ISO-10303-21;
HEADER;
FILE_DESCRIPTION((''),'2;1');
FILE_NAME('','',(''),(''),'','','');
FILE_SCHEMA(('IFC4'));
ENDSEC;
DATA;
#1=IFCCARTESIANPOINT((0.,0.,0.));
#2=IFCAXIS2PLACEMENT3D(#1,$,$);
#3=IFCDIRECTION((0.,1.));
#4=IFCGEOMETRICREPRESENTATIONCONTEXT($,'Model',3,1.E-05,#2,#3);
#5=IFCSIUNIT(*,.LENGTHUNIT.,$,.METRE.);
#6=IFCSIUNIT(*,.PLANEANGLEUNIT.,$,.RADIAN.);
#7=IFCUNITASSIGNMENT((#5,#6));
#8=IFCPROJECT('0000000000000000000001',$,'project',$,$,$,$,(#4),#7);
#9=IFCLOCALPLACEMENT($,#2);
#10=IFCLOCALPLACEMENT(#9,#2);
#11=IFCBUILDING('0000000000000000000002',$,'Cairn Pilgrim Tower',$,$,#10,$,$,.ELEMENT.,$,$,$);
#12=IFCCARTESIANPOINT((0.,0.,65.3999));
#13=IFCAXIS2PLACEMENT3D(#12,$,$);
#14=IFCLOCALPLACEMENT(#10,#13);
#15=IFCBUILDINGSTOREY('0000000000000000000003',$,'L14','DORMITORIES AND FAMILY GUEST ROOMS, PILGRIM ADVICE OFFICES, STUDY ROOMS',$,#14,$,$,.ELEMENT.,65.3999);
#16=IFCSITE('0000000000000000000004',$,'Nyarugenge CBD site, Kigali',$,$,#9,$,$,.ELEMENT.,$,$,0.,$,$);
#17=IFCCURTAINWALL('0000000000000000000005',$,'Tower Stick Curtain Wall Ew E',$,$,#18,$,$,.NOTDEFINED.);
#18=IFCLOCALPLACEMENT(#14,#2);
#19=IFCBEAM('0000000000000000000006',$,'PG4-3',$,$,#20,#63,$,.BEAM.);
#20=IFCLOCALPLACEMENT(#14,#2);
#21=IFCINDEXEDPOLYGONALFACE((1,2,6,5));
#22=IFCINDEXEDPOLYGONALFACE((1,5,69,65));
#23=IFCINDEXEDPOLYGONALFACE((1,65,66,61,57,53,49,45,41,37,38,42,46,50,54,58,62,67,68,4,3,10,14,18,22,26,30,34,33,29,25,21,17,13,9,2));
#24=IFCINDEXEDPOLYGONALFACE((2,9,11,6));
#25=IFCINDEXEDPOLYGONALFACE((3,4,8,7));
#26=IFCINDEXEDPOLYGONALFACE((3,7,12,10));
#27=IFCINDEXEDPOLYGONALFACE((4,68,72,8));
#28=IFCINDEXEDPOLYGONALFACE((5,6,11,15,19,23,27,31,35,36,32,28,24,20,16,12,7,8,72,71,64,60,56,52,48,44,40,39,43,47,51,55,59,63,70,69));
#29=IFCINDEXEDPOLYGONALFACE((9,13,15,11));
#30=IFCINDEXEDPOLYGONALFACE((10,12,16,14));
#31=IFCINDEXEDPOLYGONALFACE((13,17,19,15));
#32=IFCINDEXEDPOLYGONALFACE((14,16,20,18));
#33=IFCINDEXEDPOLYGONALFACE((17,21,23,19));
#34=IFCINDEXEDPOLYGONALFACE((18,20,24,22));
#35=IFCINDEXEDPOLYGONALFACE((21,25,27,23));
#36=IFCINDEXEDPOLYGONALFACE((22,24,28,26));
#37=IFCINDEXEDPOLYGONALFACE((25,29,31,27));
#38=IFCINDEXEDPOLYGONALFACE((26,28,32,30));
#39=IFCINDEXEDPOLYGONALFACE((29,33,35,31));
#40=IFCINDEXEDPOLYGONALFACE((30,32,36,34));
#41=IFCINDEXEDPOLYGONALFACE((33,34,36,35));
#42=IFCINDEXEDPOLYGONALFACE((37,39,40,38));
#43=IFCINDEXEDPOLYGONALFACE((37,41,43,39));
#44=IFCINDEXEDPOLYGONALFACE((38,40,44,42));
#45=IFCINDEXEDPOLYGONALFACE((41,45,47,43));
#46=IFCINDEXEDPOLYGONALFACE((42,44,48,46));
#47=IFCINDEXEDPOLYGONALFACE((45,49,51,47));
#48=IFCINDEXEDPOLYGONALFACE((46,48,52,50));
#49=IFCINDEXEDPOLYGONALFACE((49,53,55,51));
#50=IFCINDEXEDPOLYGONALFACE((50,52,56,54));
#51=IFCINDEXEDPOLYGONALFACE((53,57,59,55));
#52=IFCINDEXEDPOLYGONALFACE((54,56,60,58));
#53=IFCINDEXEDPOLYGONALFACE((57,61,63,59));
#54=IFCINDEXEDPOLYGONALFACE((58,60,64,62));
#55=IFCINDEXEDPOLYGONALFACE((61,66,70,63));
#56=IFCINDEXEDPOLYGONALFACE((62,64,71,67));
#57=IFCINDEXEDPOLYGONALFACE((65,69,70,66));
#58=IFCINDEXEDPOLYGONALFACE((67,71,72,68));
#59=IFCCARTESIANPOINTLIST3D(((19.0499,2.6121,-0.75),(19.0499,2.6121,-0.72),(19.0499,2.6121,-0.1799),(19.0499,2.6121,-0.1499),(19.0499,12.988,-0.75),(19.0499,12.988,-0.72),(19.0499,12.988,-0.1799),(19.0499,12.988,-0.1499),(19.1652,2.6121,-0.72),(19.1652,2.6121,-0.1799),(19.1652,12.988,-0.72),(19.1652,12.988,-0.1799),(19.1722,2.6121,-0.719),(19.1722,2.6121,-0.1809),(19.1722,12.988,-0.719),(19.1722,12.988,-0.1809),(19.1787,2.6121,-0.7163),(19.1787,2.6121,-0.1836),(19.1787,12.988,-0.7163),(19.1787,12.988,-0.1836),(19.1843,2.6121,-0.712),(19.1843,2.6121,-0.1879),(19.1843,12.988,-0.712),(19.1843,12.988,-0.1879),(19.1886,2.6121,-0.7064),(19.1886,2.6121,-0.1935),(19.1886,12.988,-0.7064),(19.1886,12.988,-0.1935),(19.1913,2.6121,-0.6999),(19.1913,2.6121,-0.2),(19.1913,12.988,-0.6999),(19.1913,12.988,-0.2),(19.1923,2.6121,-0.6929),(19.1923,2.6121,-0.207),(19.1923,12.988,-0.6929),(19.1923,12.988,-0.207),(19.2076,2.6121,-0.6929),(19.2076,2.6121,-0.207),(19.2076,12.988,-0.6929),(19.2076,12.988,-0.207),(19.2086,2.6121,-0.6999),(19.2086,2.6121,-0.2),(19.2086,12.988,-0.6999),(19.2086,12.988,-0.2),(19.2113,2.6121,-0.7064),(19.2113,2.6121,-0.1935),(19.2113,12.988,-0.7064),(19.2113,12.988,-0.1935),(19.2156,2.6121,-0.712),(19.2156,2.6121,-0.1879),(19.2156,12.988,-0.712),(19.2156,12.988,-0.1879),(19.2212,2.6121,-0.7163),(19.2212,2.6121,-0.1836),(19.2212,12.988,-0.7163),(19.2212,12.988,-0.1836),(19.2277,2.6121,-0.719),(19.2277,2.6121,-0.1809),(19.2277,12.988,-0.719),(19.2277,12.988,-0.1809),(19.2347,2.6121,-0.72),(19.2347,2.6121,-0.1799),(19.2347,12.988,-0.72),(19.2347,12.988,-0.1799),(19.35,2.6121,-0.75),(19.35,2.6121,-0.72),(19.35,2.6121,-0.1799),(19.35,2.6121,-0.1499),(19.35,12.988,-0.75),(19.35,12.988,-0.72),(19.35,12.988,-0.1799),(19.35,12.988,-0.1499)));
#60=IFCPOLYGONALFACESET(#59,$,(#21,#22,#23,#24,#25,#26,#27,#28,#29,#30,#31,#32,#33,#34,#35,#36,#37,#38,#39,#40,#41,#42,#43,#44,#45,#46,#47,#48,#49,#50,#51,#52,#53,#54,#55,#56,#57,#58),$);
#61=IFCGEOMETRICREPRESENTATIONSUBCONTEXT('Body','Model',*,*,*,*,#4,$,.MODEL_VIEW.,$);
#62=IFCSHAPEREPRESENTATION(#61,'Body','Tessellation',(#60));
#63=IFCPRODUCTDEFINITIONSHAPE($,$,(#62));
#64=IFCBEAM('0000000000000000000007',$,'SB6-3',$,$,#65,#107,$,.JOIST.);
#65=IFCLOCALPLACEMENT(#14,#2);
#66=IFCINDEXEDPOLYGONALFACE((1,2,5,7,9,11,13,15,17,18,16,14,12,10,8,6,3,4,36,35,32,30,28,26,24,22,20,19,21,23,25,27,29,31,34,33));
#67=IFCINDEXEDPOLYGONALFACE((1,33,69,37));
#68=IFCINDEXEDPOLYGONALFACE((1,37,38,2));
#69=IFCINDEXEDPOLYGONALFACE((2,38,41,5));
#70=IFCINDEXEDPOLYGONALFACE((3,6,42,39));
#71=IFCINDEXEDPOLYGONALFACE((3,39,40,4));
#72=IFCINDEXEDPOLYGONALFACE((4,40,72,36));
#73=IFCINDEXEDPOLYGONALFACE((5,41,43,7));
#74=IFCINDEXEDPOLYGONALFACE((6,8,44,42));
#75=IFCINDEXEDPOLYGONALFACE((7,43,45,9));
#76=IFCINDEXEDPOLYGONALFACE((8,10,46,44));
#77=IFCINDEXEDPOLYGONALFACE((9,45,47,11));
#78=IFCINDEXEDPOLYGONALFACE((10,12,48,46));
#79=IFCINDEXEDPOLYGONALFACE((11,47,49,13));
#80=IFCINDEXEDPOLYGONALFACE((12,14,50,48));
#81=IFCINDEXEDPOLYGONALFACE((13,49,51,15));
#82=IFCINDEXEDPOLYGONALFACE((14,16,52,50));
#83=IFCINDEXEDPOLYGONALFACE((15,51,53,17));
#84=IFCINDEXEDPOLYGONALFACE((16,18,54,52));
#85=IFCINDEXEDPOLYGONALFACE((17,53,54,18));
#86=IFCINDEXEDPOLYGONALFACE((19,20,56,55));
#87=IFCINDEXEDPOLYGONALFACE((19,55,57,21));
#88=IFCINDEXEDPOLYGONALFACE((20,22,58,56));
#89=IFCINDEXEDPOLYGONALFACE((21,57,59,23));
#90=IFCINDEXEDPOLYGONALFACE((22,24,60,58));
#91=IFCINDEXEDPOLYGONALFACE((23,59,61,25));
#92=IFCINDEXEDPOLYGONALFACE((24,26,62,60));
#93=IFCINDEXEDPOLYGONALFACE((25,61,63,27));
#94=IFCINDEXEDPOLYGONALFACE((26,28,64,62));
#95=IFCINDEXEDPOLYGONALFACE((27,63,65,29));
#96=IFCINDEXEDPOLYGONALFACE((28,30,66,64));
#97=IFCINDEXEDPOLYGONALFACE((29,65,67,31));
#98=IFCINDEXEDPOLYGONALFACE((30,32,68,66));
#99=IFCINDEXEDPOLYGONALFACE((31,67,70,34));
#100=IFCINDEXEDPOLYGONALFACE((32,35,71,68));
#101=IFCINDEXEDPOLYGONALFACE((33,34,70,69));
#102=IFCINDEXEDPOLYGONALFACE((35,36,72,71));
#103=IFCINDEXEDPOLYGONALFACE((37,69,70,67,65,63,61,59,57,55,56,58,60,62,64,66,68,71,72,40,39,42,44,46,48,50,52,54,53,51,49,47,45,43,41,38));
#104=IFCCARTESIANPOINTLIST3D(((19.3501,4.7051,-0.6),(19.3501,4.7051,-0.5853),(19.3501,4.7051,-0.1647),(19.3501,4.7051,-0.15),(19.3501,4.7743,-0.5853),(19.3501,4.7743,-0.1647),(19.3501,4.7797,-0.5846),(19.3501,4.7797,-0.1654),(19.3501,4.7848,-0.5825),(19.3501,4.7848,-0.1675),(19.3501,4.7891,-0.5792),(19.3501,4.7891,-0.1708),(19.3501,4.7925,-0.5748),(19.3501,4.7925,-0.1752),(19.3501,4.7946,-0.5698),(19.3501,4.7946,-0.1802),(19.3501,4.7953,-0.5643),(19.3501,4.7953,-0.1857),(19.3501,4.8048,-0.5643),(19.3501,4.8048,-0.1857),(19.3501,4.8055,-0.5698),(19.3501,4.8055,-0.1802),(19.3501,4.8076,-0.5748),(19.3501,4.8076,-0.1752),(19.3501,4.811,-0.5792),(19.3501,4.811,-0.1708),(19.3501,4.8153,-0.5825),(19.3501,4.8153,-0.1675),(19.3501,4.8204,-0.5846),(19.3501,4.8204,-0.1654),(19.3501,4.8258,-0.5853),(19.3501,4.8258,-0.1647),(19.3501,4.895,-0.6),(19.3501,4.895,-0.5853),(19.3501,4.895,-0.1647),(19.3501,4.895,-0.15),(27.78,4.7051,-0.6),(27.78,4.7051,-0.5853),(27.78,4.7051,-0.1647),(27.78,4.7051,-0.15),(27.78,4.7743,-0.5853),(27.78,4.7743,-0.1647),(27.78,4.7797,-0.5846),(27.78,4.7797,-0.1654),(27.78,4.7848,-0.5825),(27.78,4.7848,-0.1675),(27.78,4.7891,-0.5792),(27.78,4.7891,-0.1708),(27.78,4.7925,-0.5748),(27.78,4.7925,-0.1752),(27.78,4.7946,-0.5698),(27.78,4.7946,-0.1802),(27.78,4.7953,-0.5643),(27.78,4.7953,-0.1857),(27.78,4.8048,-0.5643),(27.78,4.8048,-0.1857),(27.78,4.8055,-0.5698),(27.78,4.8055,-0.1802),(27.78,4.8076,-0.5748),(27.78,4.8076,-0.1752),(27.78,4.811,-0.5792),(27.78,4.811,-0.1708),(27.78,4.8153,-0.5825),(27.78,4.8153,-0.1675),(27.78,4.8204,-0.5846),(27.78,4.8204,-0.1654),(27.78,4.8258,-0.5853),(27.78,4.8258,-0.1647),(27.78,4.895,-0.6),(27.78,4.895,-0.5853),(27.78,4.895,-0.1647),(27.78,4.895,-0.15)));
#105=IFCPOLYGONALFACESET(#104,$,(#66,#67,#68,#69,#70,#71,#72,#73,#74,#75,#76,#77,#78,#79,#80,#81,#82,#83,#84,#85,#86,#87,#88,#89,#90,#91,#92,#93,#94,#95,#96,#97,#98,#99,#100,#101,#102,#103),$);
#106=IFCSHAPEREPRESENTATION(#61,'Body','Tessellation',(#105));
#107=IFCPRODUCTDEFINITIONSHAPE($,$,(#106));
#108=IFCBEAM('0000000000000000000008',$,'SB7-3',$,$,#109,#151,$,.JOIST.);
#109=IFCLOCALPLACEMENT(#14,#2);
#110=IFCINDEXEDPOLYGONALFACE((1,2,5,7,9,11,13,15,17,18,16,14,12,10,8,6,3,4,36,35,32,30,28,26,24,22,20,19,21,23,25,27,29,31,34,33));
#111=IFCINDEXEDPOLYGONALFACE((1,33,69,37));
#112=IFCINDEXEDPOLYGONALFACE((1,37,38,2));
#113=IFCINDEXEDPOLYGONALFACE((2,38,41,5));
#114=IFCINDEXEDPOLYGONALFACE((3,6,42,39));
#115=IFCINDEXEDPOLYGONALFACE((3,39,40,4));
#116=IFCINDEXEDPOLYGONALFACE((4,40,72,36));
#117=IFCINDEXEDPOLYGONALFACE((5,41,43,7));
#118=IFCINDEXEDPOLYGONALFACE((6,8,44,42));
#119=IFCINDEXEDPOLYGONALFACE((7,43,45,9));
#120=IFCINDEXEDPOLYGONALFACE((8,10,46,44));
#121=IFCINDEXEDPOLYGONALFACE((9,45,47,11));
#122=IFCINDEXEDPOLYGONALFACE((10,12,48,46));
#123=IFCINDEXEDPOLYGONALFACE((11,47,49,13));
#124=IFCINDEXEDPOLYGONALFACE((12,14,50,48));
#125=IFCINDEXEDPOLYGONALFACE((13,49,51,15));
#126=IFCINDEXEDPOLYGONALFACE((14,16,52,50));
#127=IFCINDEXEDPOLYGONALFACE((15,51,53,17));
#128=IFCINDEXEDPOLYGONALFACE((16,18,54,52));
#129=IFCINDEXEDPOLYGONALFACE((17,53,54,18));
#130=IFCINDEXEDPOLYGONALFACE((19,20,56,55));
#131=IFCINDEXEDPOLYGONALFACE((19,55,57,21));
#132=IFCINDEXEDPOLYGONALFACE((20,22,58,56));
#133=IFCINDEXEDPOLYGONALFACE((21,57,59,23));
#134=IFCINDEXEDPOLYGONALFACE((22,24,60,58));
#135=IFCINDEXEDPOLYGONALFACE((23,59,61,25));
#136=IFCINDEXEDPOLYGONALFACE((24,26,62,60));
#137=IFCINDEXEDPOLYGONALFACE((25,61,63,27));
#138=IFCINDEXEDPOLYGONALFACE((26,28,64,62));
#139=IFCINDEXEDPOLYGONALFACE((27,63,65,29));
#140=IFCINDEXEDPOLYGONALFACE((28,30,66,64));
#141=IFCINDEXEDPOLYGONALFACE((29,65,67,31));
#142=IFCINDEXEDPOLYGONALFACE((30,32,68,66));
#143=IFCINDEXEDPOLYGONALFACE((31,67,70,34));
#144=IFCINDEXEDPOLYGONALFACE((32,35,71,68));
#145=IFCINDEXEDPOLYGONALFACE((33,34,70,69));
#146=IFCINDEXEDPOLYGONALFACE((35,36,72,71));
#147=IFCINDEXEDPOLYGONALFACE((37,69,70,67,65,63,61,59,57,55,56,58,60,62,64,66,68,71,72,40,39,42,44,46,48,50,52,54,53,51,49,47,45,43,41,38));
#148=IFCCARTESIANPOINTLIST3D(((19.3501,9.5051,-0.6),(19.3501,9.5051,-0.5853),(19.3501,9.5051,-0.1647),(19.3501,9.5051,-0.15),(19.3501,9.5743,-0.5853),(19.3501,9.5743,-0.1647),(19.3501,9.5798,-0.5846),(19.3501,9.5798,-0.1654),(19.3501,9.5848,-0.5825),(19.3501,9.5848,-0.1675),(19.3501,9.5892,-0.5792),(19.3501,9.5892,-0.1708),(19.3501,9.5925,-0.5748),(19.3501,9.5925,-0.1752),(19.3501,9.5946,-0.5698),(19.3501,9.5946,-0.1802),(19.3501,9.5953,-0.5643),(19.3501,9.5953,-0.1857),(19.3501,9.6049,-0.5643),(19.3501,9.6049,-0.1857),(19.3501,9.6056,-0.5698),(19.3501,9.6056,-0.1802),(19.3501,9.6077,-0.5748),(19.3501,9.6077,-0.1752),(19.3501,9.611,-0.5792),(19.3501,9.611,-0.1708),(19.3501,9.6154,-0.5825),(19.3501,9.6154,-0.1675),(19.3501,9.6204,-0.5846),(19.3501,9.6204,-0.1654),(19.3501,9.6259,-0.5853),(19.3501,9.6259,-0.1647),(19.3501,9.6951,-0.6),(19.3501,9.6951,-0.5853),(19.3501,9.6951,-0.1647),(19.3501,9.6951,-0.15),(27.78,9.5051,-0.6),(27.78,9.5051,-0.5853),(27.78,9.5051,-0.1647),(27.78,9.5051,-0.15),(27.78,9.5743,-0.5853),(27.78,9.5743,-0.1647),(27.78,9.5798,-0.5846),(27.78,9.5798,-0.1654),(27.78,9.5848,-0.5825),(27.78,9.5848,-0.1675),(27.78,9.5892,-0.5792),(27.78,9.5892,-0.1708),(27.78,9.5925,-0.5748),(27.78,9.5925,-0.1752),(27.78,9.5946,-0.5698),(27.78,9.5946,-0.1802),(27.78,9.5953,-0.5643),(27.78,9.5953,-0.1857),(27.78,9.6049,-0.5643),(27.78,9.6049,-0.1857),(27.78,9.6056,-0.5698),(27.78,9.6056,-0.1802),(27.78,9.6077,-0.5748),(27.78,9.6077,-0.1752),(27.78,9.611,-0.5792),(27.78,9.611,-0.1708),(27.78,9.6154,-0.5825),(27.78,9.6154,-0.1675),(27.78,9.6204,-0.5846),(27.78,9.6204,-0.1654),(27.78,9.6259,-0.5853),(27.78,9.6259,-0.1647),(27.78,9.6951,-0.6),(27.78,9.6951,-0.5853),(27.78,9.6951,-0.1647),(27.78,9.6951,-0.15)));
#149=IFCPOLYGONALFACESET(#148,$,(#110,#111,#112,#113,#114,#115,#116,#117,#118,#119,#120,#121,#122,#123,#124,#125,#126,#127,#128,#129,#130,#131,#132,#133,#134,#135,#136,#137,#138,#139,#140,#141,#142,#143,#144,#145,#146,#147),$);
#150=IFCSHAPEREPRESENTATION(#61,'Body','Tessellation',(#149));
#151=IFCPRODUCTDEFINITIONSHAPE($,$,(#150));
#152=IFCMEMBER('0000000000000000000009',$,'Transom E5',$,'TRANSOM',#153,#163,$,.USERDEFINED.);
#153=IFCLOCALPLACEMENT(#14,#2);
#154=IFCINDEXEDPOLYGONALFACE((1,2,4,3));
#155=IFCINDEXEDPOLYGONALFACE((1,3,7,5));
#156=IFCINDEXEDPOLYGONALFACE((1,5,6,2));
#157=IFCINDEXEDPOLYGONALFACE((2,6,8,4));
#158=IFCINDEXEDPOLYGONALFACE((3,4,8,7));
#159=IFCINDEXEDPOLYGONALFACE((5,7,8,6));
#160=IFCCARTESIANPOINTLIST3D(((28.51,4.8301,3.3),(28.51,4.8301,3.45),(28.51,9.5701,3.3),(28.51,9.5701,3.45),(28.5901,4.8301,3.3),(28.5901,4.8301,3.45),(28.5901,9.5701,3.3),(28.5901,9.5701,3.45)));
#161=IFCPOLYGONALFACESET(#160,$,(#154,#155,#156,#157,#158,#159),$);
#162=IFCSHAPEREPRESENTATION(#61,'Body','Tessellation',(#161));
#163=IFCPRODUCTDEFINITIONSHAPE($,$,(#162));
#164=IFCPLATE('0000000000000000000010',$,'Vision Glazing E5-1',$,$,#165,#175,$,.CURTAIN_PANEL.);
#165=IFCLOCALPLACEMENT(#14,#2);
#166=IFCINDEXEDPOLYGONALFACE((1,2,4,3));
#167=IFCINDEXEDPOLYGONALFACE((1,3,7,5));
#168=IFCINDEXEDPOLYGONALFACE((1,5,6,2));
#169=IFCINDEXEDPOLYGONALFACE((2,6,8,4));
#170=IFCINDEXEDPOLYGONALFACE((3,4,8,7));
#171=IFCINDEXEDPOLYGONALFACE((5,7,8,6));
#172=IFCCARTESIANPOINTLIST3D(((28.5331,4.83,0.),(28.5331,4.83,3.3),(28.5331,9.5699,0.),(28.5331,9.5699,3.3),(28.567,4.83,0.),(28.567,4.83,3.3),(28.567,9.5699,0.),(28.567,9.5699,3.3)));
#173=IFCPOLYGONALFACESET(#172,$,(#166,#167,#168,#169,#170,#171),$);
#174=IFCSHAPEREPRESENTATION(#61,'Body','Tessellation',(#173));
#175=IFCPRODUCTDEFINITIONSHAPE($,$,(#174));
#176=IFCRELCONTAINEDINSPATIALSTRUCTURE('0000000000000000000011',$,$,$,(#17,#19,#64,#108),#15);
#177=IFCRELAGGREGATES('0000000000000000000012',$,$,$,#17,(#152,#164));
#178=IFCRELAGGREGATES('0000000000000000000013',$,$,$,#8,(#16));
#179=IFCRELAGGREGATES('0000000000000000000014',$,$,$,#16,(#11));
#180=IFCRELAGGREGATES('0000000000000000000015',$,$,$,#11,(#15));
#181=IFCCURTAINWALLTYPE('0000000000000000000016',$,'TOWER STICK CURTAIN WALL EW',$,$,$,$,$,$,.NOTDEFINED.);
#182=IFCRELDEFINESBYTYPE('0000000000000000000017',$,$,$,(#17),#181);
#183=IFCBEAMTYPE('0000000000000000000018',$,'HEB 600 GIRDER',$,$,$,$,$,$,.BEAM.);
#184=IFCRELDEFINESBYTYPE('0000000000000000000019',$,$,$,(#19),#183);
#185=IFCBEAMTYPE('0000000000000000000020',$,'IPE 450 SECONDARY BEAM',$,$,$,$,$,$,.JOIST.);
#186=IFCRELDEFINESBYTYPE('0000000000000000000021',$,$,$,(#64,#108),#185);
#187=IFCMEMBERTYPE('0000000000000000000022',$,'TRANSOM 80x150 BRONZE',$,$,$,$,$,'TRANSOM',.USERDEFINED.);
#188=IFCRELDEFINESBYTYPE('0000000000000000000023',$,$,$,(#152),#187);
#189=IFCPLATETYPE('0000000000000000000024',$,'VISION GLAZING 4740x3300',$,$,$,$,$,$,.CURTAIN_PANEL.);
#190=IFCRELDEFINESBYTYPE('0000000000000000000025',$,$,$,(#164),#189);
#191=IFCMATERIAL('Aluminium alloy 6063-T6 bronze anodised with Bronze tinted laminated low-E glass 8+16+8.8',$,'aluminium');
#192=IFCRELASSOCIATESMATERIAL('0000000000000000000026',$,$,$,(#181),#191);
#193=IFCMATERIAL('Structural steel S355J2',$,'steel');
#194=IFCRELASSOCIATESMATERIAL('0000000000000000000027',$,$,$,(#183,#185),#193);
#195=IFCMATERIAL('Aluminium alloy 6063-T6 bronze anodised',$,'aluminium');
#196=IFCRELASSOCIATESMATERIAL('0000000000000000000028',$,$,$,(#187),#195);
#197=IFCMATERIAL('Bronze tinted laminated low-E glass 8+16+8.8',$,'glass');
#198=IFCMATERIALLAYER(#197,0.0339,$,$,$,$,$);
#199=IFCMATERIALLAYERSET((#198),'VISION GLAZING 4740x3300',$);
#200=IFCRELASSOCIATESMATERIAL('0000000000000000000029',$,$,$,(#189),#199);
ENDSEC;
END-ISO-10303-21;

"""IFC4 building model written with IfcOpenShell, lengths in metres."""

from ifc_helpers import new_model, si_unit, direction, frame, origin, origin_2d, place, context, subcontext, project, spatial, rectangle, i_section, extrude, material, layer, layer_set, material_profile, profile_set, type_object, element, aggregate, save


model = new_model("IFC4")

# Units and contexts
model_context = context("Model", 3, precision=1e-05, world=origin(), true_north=direction((0.0, 1.0)))
body_context = subcontext(model_context, "Body", "Model", "MODEL_VIEW")
ifc_project = project(units=[si_unit("LENGTHUNIT", "METRE"), si_unit("PLANEANGLEUNIT", "RADIAN")], contexts=[model_context])

# Site, building, storey
site_placement = place(None, origin())
site = spatial("IfcSite", under=ifc_project, at=site_placement, Name="Nyarugenge CBD site, Kigali", CompositionType="ELEMENT", RefElevation=0.0)
building_placement = place(site_placement, origin())
building = spatial("IfcBuilding", under=site, at=building_placement, Name="Cairn Pilgrim Tower", CompositionType="ELEMENT")
storey_placement = place(building_placement, frame((0.0, 0.0, 65.3999)))
storey = spatial("IfcBuildingStorey", under=building, at=storey_placement, Name="L14", Description="DORMITORIES AND FAMILY GUEST ROOMS, PILGRIM ADVICE OFFICES, STUDY ROOMS", CompositionType="ELEMENT", Elevation=65.3999)

# Curtain wall
ifc_material_1 = material(Name="Aluminium alloy 6063-T6 bronze anodised with Bronze tinted laminated low-E glass 8+16+8.8", Category="aluminium")
curtain_wall_type = type_object("IfcCurtainWallType", Name="TOWER STICK CURTAIN WALL EW", PredefinedType="NOTDEFINED", material=ifc_material_1)
curtain_wall_placement = place(storey_placement, origin())
curtain_wall = element("IfcCurtainWall", 1, at=curtain_wall_placement, inside=storey, type_object=curtain_wall_type, Name="Tower Stick Curtain Wall Ew E", PredefinedType="NOTDEFINED")
ifc_material_2 = material(Name="Aluminium alloy 6063-T6 bronze anodised", Category="aluminium")

# Beams
ifc_material_3 = material(Name="Structural steel S355J2", Category="steel")
ifc_material_profile_1 = material_profile(ifc_material_3, i_section(OverallWidth=0.3, OverallDepth=0.6001, WebThickness=0.0154, FlangeThickness=0.03, FilletRadius=0.0271, at=origin_2d()), Name="HEB 600")
ifc_profile_set_1 = profile_set([ifc_material_profile_1], Name="Structural steel S355J2")
beam_type_1 = type_object("IfcBeamType", Name="HEB 600 GIRDER", PredefinedType="BEAM", material=ifc_profile_set_1)
beam_1_placement = place(storey_placement, frame((19.2, 2.6121, -0.45), z_axis=(0.0, 1.0, 0.0), x_axis=(-1.0, 0.0, 0.0)))
element("IfcBeam", 2, at=beam_1_placement, inside=storey, type_object=beam_type_1, Name="PG4-3", PredefinedType="BEAM", context=body_context, shape_type="SweptSolid", body=[
    extrude(i_section(OverallWidth=0.3, OverallDepth=0.6001, WebThickness=0.0154, FlangeThickness=0.03, FilletRadius=0.0271, at=origin_2d()), origin(), (0.0, 0.0, 1.0), 10.376),
])
ifc_material_profile_2 = material_profile(ifc_material_3, i_section(OverallWidth=0.1899, OverallDepth=0.45, WebThickness=0.0095, FlangeThickness=0.0146, FilletRadius=0.021, at=origin_2d()), Name="IPE 450")
ifc_profile_set_2 = profile_set([ifc_material_profile_2], Name="Structural steel S355J2")
beam_type_2 = type_object("IfcBeamType", Name="IPE 450 SECONDARY BEAM", PredefinedType="JOIST", material=ifc_profile_set_2)
for number, where, z_axis, x_axis, name in (
    (3, (19.3501, 4.8, -0.375), (1.0, 0.0, 0.0), (0.0, 1.0, 0.0), "SB6-3"),
    (4, (19.3501, 9.6001, -0.375), (1.0, 0.0, 0.0), (0.0, 1.0, 0.0), "SB7-3"),
):
    element("IfcBeam", number, at=place(storey_placement, frame(where, z_axis=z_axis, x_axis=x_axis)), inside=storey, type_object=beam_type_2, Name=name, PredefinedType="JOIST", context=body_context, shape_type="SweptSolid", body=[
        extrude(i_section(OverallWidth=0.1899, OverallDepth=0.45, WebThickness=0.0095, FlangeThickness=0.0146, FilletRadius=0.021, at=origin_2d()), origin(), (0.0, 0.0, 1.0), 8.4299),
    ])

# Member
ifc_material_profile_3 = material_profile(ifc_material_2, rectangle(XDim=0.0801, YDim=0.1499, at=origin_2d()), Name="TRANSOM 80x150 BRONZE")
ifc_profile_set_3 = profile_set([ifc_material_profile_3], Name="Aluminium alloy 6063-T6 bronze anodised")
member_type_1 = type_object("IfcMemberType", Name="TRANSOM 80x150 BRONZE", ElementType="TRANSOM", PredefinedType="USERDEFINED", material=ifc_profile_set_3)
member_1_placement = place(storey_placement, frame((28.55, 4.8301, 3.375), z_axis=(0.0, 1.0, 0.0), x_axis=(-1.0, 0.0, 0.0)))
member_1 = element("IfcMember", 5, at=member_1_placement, type_object=member_type_1, Name="Transom E5", ObjectType="TRANSOM", PredefinedType="USERDEFINED", context=body_context, shape_type="SweptSolid", body=[
    extrude(rectangle(XDim=0.0801, YDim=0.1499, at=origin_2d()), origin(), (0.0, 0.0, 1.0), 4.74),
])

# Plate
ifc_material_4 = material(Name="Bronze tinted laminated low-E glass 8+16+8.8", Category="glass")
ifc_layer_1 = layer(ifc_material_4, 0.0339)
ifc_layer_set_1 = layer_set([ifc_layer_1], Name="VISION GLAZING 4740x3300")
plate_type = type_object("IfcPlateType", Name="VISION GLAZING 4740x3300", PredefinedType="CURTAIN_PANEL", material=ifc_layer_set_1)
plate_placement = place(storey_placement, frame((28.55, 7.2, 0.0), z_axis=(0.0, 0.0, 1.0), x_axis=(0.0, 1.0, 0.0)))
plate = element("IfcPlate", 6, at=plate_placement, type_object=plate_type, Name="Vision Glazing E5-1", PredefinedType="CURTAIN_PANEL", context=body_context, shape_type="SweptSolid", body=[
    extrude(rectangle(XDim=4.74, YDim=0.0339, at=origin_2d()), origin(), (0.0, 0.0, 1.0), 3.3),
])
aggregate(curtain_wall, [member_1, plate])

save(model, "model.ifc")
